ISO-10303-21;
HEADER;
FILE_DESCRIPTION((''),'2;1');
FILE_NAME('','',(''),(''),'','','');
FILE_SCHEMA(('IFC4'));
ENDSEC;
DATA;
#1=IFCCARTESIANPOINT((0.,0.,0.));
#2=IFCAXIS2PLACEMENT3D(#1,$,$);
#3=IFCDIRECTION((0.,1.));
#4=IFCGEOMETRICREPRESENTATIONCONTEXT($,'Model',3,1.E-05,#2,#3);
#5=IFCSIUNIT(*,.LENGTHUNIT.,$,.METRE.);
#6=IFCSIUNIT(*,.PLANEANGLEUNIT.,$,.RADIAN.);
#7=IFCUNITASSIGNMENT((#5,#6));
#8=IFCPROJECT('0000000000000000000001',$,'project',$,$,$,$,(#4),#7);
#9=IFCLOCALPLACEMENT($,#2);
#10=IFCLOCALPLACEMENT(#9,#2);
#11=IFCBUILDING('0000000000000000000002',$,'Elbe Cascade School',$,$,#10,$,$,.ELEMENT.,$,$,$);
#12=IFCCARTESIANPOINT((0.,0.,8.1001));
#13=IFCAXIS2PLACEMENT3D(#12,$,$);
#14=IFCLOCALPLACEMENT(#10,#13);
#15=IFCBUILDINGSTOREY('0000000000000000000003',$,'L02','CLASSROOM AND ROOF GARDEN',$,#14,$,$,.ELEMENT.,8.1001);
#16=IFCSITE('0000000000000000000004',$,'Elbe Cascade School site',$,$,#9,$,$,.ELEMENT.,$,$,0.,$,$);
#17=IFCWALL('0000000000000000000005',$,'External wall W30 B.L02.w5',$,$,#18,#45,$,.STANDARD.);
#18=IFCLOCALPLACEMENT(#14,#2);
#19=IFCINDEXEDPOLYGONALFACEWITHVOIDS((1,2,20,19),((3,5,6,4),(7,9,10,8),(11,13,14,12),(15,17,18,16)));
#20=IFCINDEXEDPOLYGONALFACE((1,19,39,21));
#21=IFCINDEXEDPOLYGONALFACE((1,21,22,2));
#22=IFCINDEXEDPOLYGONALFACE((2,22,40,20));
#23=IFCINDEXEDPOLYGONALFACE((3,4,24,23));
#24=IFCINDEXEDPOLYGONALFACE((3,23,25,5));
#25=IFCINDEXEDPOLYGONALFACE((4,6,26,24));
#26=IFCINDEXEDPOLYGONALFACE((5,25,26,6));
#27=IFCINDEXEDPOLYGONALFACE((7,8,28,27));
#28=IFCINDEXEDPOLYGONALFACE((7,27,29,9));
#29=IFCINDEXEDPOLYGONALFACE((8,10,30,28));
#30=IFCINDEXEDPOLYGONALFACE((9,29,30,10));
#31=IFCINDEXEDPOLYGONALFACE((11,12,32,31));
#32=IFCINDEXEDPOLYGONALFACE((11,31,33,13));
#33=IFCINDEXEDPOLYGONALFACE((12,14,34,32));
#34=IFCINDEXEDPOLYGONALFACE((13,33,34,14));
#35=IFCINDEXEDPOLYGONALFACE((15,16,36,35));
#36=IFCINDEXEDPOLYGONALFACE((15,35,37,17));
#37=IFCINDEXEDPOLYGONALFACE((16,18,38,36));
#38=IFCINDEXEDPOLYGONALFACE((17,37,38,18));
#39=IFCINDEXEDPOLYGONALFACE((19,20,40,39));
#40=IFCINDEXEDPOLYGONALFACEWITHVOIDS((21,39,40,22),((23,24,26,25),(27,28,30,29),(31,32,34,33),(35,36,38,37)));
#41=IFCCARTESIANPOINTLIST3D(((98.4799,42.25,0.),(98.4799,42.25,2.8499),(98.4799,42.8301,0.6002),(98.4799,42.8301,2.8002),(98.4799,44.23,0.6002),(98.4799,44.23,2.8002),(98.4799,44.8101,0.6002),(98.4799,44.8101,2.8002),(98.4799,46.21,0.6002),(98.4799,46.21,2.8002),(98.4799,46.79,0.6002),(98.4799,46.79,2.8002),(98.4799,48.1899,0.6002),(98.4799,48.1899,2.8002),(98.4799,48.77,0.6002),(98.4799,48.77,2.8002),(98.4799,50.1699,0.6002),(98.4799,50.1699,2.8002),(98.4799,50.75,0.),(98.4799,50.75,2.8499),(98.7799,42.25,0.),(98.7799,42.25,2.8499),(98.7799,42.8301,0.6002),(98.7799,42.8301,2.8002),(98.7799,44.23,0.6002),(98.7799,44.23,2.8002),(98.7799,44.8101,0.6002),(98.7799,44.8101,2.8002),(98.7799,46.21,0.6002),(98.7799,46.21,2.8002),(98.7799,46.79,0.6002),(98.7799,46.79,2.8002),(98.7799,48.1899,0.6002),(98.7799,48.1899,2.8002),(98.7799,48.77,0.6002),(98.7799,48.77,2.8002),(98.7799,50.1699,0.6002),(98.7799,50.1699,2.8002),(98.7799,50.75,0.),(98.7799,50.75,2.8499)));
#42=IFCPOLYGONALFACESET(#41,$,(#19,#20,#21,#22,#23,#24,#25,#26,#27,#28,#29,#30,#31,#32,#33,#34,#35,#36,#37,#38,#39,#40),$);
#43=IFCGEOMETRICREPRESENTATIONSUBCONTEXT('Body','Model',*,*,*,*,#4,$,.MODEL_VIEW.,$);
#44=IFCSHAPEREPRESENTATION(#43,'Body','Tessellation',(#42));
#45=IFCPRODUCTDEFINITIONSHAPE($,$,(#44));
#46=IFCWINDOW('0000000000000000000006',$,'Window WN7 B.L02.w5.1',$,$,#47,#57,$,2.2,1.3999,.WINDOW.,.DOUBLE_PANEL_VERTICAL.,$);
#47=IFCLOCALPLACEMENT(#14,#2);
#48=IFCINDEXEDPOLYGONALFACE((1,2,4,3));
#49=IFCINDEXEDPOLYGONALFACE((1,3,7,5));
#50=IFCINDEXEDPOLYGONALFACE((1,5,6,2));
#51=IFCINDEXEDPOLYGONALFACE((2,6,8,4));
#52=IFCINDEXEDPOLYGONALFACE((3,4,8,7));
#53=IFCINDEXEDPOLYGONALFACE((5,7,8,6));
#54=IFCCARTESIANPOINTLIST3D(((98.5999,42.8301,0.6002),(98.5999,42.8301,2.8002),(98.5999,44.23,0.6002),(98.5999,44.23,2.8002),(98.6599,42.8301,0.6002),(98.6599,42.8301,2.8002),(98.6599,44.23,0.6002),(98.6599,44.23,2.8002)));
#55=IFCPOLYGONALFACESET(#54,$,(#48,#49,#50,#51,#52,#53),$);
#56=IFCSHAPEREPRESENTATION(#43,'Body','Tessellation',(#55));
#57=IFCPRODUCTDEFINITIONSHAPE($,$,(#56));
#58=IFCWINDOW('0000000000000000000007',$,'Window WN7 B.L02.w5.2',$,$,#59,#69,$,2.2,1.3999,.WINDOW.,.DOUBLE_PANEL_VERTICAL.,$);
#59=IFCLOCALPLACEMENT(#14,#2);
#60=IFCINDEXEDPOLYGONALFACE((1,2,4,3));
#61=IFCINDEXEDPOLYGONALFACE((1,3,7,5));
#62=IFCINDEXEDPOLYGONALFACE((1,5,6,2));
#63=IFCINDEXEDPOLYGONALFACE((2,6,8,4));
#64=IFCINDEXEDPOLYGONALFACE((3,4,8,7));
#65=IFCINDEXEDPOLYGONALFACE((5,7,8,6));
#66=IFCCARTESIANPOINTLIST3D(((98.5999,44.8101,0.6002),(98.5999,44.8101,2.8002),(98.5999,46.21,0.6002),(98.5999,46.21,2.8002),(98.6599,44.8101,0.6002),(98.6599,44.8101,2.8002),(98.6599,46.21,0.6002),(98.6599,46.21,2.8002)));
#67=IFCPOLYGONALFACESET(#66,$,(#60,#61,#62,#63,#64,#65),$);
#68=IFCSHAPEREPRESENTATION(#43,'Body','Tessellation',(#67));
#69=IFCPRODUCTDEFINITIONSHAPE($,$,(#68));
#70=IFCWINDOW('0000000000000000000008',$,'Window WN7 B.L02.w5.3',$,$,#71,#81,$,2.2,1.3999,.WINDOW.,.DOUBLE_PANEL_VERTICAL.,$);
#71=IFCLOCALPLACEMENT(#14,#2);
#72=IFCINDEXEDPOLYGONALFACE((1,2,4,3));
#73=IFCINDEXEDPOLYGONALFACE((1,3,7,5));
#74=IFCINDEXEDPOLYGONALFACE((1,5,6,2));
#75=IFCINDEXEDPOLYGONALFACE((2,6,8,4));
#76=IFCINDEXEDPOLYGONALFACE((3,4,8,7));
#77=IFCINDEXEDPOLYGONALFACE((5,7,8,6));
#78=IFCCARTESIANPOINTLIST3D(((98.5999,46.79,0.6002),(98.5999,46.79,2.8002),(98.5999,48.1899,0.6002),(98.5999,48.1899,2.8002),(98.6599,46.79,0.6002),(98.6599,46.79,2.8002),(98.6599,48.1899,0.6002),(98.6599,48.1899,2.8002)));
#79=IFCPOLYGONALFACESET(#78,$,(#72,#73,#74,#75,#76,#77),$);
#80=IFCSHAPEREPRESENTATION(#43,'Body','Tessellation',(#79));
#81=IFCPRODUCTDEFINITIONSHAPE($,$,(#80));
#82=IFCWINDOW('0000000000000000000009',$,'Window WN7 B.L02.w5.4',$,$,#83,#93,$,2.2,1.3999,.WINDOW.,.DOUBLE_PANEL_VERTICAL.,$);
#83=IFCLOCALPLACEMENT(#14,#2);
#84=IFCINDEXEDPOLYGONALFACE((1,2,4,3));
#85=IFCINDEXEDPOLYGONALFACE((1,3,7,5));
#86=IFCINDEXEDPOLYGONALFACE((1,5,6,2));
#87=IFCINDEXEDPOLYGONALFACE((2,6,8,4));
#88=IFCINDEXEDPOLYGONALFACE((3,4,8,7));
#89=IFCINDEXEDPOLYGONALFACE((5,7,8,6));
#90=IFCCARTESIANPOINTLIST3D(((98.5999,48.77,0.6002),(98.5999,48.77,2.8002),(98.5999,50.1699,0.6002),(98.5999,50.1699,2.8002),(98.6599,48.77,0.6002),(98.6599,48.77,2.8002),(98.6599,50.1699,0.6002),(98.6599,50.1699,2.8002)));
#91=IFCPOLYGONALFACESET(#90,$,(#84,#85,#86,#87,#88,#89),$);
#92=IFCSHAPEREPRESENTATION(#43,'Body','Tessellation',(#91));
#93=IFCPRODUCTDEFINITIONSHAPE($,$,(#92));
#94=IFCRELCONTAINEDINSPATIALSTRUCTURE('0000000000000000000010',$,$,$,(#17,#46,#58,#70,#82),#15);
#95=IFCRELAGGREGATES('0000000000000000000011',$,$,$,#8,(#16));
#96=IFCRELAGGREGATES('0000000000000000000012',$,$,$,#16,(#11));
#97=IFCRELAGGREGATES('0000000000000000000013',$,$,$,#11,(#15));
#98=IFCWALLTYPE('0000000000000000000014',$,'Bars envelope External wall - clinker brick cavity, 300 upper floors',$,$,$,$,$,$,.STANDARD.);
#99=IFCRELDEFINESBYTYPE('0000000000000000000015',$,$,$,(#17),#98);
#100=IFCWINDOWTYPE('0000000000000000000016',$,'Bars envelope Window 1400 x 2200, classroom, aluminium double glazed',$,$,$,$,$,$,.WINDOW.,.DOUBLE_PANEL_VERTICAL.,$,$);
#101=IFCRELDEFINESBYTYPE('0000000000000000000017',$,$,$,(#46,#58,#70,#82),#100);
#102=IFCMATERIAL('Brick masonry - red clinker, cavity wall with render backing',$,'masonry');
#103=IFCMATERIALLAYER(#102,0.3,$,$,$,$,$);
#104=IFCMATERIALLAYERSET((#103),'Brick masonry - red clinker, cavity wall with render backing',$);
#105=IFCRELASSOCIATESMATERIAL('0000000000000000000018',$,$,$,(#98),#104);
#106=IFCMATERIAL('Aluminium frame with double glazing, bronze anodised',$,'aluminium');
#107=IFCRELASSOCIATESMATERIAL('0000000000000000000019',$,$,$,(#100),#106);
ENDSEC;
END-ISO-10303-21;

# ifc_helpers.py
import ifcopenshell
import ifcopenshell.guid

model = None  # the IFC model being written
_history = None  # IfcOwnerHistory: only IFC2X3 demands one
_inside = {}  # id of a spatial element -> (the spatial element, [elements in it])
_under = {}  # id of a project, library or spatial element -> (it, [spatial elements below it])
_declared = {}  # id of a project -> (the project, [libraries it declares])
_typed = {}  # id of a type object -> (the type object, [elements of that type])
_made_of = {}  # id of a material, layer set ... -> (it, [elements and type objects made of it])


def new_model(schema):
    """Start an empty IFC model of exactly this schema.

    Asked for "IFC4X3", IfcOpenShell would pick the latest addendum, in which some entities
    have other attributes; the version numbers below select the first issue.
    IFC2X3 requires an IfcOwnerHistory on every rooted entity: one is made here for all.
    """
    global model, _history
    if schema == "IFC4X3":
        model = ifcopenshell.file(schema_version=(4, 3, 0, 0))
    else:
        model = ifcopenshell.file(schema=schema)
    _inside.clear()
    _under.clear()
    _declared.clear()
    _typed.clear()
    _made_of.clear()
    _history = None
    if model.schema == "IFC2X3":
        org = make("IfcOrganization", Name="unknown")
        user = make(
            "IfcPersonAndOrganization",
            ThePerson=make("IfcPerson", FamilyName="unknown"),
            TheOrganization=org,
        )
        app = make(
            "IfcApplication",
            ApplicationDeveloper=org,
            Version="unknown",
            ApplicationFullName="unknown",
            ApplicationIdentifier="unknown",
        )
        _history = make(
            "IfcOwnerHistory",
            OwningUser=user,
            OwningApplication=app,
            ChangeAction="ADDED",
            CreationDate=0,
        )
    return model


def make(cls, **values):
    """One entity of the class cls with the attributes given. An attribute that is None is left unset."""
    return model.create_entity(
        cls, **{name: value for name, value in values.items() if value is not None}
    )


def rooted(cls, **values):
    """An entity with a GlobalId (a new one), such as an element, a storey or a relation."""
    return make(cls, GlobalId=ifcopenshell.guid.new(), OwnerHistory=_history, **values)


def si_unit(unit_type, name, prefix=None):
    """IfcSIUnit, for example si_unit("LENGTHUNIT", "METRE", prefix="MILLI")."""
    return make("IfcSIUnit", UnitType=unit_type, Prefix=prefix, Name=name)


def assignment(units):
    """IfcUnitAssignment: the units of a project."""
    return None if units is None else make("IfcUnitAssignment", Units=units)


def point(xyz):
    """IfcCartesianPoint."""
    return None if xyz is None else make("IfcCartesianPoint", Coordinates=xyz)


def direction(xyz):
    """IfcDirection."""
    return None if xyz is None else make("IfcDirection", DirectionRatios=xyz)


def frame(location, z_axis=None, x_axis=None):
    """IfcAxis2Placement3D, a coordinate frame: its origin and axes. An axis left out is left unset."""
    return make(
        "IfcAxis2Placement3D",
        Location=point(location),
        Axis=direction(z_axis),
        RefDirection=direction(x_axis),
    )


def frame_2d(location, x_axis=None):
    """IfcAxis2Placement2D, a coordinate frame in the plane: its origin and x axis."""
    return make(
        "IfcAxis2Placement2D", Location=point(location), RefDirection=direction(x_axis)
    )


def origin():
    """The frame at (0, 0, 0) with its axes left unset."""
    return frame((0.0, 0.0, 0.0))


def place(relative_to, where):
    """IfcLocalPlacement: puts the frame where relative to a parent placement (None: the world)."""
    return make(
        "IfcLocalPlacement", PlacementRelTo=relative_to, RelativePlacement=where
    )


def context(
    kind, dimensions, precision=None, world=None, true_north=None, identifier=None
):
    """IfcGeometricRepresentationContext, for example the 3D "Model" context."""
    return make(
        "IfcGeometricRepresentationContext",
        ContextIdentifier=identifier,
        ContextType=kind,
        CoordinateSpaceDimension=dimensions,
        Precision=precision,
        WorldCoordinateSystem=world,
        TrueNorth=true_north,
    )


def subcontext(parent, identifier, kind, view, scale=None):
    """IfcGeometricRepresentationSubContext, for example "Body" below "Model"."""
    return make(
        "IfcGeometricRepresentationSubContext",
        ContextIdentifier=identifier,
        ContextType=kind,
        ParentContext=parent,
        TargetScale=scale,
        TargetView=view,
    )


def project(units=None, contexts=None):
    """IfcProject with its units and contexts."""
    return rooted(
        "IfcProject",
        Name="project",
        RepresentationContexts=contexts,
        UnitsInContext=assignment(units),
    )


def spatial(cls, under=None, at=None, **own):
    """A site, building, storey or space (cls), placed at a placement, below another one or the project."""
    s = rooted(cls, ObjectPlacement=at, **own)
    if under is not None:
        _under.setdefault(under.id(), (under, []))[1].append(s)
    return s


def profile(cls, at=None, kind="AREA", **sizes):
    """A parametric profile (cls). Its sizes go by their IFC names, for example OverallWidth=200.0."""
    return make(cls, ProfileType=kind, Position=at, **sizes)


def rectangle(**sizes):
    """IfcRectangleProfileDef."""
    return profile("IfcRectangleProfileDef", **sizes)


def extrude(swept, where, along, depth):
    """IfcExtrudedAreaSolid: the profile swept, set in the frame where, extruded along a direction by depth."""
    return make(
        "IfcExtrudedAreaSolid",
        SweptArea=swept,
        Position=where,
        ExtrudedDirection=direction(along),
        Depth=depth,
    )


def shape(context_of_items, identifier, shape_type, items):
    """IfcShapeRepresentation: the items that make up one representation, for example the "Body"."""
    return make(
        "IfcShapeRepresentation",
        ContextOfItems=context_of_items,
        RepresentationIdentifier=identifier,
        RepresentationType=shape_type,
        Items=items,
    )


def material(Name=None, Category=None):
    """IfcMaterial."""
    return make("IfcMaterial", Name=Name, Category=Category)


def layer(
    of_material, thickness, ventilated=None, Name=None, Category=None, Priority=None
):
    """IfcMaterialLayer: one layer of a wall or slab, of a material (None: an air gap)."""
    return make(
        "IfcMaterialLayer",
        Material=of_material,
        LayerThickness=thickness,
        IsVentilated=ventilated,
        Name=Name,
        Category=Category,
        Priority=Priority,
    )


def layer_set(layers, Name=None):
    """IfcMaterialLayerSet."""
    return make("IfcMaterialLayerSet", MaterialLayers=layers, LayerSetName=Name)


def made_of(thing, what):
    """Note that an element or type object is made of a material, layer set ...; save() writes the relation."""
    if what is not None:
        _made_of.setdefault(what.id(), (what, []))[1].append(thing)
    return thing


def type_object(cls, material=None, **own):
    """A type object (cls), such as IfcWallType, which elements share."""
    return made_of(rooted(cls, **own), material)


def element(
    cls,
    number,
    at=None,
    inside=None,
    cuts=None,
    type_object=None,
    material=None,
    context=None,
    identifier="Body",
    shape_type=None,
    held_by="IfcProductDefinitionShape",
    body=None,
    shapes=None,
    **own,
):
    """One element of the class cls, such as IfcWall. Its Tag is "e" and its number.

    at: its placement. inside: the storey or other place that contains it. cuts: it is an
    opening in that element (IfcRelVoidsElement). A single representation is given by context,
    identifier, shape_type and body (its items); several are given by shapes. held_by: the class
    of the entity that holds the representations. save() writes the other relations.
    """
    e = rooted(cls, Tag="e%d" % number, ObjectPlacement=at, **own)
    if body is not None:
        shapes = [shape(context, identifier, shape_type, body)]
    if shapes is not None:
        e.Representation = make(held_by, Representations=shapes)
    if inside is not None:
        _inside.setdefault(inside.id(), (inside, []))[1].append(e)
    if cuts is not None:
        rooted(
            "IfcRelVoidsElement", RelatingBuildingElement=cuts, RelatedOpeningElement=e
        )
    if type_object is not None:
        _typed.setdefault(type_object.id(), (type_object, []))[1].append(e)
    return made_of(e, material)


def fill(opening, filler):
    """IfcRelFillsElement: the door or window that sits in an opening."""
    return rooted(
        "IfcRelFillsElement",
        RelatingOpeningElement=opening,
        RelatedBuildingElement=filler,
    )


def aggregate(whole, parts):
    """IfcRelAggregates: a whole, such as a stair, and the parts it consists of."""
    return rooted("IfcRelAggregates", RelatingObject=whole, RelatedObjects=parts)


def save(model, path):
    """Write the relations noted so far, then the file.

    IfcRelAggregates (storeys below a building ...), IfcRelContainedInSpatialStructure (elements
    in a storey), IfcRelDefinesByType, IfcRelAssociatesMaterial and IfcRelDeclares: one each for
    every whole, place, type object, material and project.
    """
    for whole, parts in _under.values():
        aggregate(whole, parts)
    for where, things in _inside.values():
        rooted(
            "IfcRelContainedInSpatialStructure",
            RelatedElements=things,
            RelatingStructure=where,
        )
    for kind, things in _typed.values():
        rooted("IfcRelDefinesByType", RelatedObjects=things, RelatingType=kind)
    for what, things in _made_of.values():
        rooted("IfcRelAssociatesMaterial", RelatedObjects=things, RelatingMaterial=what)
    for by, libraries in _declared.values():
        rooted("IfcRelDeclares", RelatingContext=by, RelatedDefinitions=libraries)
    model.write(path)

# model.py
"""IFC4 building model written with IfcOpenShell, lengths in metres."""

from ifc_helpers import new_model, si_unit, direction, frame, frame_2d, origin, place, context, subcontext, project, spatial, rectangle, extrude, material, layer, layer_set, type_object, element, fill, save


model = new_model("IFC4")

# Units and contexts
model_context = context("Model", 3, precision=1e-05, world=origin(), true_north=direction((0.0, 1.0)))
body_context = subcontext(model_context, "Body", "Model", "MODEL_VIEW")
ifc_project = project(units=[si_unit("LENGTHUNIT", "METRE"), si_unit("PLANEANGLEUNIT", "RADIAN")], contexts=[model_context])

# Site, building, storey
site_placement = place(None, origin())
site = spatial("IfcSite", under=ifc_project, at=site_placement, Name="Elbe Cascade School site", CompositionType="ELEMENT", RefElevation=0.0)
building_placement = place(site_placement, origin())
building = spatial("IfcBuilding", under=site, at=building_placement, Name="Elbe Cascade School", CompositionType="ELEMENT")
storey_placement = place(building_placement, frame((0.0, 0.0, 8.1001)))
storey = spatial("IfcBuildingStorey", under=building, at=storey_placement, Name="L02", Description="CLASSROOM AND ROOF GARDEN", CompositionType="ELEMENT", Elevation=8.1001)

# Wall, openings, windows
ifc_material_1 = material(Name="Brick masonry - red clinker, cavity wall with render backing", Category="masonry")
ifc_layer_1 = layer(ifc_material_1, 0.3)
ifc_layer_set_1 = layer_set([ifc_layer_1], Name="Brick masonry - red clinker, cavity wall with render backing")
wall_type_1 = type_object("IfcWallType", Name="Bars envelope External wall - clinker brick cavity, 300 upper floors", PredefinedType="STANDARD", material=ifc_layer_set_1)
wall_1_placement = place(storey_placement, frame((98.6299, 42.25, 0.0), z_axis=(0.0, 0.0, 1.0), x_axis=(0.0, 1.0, 0.0)))
wall_1 = element("IfcWall", 1, at=wall_1_placement, inside=storey, type_object=wall_type_1, Name="External wall W30 B.L02.w5", PredefinedType="STANDARD", context=body_context, shape_type="SweptSolid", body=[
    extrude(rectangle(XDim=8.5, YDim=0.3, at=frame_2d((4.25, 0.0))), origin(), (0.0, 0.0, 1.0), 2.8499),
])
opening_1_placement = place(wall_1_placement, frame((0.5801, 0.0, 0.6001)))
opening_1 = element("IfcOpeningElement", 2, at=opening_1_placement, cuts=wall_1, PredefinedType="OPENING", context=body_context, shape_type="SweptSolid", body=[
    extrude(rectangle(XDim=1.3999, YDim=2.2, at=frame_2d((0.7, 1.1001))), frame((0.0, 0.1599, 0.0), z_axis=(0.0, -1.0, 0.0), x_axis=(1.0, 0.0, 0.0)), (0.0, 0.0, 1.0), 0.3201),
])
opening_2_placement = place(wall_1_placement, frame((2.5601, 0.0, 0.6001)))
opening_2 = element("IfcOpeningElement", 3, at=opening_2_placement, cuts=wall_1, PredefinedType="OPENING", context=body_context, shape_type="SweptSolid", body=[
    extrude(rectangle(XDim=1.3999, YDim=2.2, at=frame_2d((0.7, 1.1001))), frame((0.0, 0.1599, 0.0), z_axis=(0.0, -1.0, 0.0), x_axis=(1.0, 0.0, 0.0)), (0.0, 0.0, 1.0), 0.3201),
])
opening_3_placement = place(wall_1_placement, frame((4.54, 0.0, 0.6001)))
opening_3 = element("IfcOpeningElement", 4, at=opening_3_placement, cuts=wall_1, PredefinedType="OPENING", context=body_context, shape_type="SweptSolid", body=[
    extrude(rectangle(XDim=1.3999, YDim=2.2, at=frame_2d((0.7, 1.1001))), frame((0.0, 0.1599, 0.0), z_axis=(0.0, -1.0, 0.0), x_axis=(1.0, 0.0, 0.0)), (0.0, 0.0, 1.0), 0.3201),
])
opening_4_placement = place(wall_1_placement, frame((6.52, 0.0, 0.6001)))
opening_4 = element("IfcOpeningElement", 5, at=opening_4_placement, cuts=wall_1, PredefinedType="OPENING", context=body_context, shape_type="SweptSolid", body=[
    extrude(rectangle(XDim=1.3999, YDim=2.2, at=frame_2d((0.7, 1.1001))), frame((0.0, 0.1599, 0.0), z_axis=(0.0, -1.0, 0.0), x_axis=(1.0, 0.0, 0.0)), (0.0, 0.0, 1.0), 0.3201),
])
ifc_material_2 = material(Name="Aluminium frame with double glazing, bronze anodised", Category="aluminium")
window_type_1 = type_object("IfcWindowType", Name="Bars envelope Window 1400 x 2200, classroom, aluminium double glazed", PartitioningType="DOUBLE_PANEL_VERTICAL", PredefinedType="WINDOW", material=ifc_material_2)
window_1_placement = place(opening_1_placement, origin())
window_1 = element("IfcWindow", 6, at=window_1_placement, inside=storey, type_object=window_type_1, Name="Window WN7 B.L02.w5.1", OverallHeight=2.2, OverallWidth=1.3999, PartitioningType="DOUBLE_PANEL_VERTICAL", PredefinedType="WINDOW", context=body_context, shape_type="SweptSolid", body=[
    extrude(rectangle(XDim=1.3999, YDim=2.2, at=frame_2d((0.7, 1.1001))), frame((0.0, 0.03, 0.0), z_axis=(0.0, -1.0, 0.0), x_axis=(1.0, 0.0, 0.0)), (0.0, 0.0, 1.0), 0.0601),
])
fill(opening_1, window_1)
window_2_placement = place(opening_2_placement, origin())
window_2 = element("IfcWindow", 7, at=window_2_placement, inside=storey, type_object=window_type_1, Name="Window WN7 B.L02.w5.2", OverallHeight=2.2, OverallWidth=1.3999, PartitioningType="DOUBLE_PANEL_VERTICAL", PredefinedType="WINDOW", context=body_context, shape_type="SweptSolid", body=[
    extrude(rectangle(XDim=1.3999, YDim=2.2, at=frame_2d((0.7, 1.1001))), frame((0.0, 0.03, 0.0), z_axis=(0.0, -1.0, 0.0), x_axis=(1.0, 0.0, 0.0)), (0.0, 0.0, 1.0), 0.0601),
])
fill(opening_2, window_2)
window_3_placement = place(opening_3_placement, origin())
window_3 = element("IfcWindow", 8, at=window_3_placement, inside=storey, type_object=window_type_1, Name="Window WN7 B.L02.w5.3", OverallHeight=2.2, OverallWidth=1.3999, PartitioningType="DOUBLE_PANEL_VERTICAL", PredefinedType="WINDOW", context=body_context, shape_type="SweptSolid", body=[
    extrude(rectangle(XDim=1.3999, YDim=2.2, at=frame_2d((0.7, 1.1001))), frame((0.0, 0.03, 0.0), z_axis=(0.0, -1.0, 0.0), x_axis=(1.0, 0.0, 0.0)), (0.0, 0.0, 1.0), 0.0601),
])
fill(opening_3, window_3)
window_4_placement = place(opening_4_placement, origin())
window_4 = element("IfcWindow", 9, at=window_4_placement, inside=storey, type_object=window_type_1, Name="Window WN7 B.L02.w5.4", OverallHeight=2.2, OverallWidth=1.3999, PartitioningType="DOUBLE_PANEL_VERTICAL", PredefinedType="WINDOW", context=body_context, shape_type="SweptSolid", body=[
    extrude(rectangle(XDim=1.3999, YDim=2.2, at=frame_2d((0.7, 1.1001))), frame((0.0, 0.03, 0.0), z_axis=(0.0, -1.0, 0.0), x_axis=(1.0, 0.0, 0.0)), (0.0, 0.0, 1.0), 0.0601),
])
fill(opening_4, window_4)

save(model, "model.ifc")
